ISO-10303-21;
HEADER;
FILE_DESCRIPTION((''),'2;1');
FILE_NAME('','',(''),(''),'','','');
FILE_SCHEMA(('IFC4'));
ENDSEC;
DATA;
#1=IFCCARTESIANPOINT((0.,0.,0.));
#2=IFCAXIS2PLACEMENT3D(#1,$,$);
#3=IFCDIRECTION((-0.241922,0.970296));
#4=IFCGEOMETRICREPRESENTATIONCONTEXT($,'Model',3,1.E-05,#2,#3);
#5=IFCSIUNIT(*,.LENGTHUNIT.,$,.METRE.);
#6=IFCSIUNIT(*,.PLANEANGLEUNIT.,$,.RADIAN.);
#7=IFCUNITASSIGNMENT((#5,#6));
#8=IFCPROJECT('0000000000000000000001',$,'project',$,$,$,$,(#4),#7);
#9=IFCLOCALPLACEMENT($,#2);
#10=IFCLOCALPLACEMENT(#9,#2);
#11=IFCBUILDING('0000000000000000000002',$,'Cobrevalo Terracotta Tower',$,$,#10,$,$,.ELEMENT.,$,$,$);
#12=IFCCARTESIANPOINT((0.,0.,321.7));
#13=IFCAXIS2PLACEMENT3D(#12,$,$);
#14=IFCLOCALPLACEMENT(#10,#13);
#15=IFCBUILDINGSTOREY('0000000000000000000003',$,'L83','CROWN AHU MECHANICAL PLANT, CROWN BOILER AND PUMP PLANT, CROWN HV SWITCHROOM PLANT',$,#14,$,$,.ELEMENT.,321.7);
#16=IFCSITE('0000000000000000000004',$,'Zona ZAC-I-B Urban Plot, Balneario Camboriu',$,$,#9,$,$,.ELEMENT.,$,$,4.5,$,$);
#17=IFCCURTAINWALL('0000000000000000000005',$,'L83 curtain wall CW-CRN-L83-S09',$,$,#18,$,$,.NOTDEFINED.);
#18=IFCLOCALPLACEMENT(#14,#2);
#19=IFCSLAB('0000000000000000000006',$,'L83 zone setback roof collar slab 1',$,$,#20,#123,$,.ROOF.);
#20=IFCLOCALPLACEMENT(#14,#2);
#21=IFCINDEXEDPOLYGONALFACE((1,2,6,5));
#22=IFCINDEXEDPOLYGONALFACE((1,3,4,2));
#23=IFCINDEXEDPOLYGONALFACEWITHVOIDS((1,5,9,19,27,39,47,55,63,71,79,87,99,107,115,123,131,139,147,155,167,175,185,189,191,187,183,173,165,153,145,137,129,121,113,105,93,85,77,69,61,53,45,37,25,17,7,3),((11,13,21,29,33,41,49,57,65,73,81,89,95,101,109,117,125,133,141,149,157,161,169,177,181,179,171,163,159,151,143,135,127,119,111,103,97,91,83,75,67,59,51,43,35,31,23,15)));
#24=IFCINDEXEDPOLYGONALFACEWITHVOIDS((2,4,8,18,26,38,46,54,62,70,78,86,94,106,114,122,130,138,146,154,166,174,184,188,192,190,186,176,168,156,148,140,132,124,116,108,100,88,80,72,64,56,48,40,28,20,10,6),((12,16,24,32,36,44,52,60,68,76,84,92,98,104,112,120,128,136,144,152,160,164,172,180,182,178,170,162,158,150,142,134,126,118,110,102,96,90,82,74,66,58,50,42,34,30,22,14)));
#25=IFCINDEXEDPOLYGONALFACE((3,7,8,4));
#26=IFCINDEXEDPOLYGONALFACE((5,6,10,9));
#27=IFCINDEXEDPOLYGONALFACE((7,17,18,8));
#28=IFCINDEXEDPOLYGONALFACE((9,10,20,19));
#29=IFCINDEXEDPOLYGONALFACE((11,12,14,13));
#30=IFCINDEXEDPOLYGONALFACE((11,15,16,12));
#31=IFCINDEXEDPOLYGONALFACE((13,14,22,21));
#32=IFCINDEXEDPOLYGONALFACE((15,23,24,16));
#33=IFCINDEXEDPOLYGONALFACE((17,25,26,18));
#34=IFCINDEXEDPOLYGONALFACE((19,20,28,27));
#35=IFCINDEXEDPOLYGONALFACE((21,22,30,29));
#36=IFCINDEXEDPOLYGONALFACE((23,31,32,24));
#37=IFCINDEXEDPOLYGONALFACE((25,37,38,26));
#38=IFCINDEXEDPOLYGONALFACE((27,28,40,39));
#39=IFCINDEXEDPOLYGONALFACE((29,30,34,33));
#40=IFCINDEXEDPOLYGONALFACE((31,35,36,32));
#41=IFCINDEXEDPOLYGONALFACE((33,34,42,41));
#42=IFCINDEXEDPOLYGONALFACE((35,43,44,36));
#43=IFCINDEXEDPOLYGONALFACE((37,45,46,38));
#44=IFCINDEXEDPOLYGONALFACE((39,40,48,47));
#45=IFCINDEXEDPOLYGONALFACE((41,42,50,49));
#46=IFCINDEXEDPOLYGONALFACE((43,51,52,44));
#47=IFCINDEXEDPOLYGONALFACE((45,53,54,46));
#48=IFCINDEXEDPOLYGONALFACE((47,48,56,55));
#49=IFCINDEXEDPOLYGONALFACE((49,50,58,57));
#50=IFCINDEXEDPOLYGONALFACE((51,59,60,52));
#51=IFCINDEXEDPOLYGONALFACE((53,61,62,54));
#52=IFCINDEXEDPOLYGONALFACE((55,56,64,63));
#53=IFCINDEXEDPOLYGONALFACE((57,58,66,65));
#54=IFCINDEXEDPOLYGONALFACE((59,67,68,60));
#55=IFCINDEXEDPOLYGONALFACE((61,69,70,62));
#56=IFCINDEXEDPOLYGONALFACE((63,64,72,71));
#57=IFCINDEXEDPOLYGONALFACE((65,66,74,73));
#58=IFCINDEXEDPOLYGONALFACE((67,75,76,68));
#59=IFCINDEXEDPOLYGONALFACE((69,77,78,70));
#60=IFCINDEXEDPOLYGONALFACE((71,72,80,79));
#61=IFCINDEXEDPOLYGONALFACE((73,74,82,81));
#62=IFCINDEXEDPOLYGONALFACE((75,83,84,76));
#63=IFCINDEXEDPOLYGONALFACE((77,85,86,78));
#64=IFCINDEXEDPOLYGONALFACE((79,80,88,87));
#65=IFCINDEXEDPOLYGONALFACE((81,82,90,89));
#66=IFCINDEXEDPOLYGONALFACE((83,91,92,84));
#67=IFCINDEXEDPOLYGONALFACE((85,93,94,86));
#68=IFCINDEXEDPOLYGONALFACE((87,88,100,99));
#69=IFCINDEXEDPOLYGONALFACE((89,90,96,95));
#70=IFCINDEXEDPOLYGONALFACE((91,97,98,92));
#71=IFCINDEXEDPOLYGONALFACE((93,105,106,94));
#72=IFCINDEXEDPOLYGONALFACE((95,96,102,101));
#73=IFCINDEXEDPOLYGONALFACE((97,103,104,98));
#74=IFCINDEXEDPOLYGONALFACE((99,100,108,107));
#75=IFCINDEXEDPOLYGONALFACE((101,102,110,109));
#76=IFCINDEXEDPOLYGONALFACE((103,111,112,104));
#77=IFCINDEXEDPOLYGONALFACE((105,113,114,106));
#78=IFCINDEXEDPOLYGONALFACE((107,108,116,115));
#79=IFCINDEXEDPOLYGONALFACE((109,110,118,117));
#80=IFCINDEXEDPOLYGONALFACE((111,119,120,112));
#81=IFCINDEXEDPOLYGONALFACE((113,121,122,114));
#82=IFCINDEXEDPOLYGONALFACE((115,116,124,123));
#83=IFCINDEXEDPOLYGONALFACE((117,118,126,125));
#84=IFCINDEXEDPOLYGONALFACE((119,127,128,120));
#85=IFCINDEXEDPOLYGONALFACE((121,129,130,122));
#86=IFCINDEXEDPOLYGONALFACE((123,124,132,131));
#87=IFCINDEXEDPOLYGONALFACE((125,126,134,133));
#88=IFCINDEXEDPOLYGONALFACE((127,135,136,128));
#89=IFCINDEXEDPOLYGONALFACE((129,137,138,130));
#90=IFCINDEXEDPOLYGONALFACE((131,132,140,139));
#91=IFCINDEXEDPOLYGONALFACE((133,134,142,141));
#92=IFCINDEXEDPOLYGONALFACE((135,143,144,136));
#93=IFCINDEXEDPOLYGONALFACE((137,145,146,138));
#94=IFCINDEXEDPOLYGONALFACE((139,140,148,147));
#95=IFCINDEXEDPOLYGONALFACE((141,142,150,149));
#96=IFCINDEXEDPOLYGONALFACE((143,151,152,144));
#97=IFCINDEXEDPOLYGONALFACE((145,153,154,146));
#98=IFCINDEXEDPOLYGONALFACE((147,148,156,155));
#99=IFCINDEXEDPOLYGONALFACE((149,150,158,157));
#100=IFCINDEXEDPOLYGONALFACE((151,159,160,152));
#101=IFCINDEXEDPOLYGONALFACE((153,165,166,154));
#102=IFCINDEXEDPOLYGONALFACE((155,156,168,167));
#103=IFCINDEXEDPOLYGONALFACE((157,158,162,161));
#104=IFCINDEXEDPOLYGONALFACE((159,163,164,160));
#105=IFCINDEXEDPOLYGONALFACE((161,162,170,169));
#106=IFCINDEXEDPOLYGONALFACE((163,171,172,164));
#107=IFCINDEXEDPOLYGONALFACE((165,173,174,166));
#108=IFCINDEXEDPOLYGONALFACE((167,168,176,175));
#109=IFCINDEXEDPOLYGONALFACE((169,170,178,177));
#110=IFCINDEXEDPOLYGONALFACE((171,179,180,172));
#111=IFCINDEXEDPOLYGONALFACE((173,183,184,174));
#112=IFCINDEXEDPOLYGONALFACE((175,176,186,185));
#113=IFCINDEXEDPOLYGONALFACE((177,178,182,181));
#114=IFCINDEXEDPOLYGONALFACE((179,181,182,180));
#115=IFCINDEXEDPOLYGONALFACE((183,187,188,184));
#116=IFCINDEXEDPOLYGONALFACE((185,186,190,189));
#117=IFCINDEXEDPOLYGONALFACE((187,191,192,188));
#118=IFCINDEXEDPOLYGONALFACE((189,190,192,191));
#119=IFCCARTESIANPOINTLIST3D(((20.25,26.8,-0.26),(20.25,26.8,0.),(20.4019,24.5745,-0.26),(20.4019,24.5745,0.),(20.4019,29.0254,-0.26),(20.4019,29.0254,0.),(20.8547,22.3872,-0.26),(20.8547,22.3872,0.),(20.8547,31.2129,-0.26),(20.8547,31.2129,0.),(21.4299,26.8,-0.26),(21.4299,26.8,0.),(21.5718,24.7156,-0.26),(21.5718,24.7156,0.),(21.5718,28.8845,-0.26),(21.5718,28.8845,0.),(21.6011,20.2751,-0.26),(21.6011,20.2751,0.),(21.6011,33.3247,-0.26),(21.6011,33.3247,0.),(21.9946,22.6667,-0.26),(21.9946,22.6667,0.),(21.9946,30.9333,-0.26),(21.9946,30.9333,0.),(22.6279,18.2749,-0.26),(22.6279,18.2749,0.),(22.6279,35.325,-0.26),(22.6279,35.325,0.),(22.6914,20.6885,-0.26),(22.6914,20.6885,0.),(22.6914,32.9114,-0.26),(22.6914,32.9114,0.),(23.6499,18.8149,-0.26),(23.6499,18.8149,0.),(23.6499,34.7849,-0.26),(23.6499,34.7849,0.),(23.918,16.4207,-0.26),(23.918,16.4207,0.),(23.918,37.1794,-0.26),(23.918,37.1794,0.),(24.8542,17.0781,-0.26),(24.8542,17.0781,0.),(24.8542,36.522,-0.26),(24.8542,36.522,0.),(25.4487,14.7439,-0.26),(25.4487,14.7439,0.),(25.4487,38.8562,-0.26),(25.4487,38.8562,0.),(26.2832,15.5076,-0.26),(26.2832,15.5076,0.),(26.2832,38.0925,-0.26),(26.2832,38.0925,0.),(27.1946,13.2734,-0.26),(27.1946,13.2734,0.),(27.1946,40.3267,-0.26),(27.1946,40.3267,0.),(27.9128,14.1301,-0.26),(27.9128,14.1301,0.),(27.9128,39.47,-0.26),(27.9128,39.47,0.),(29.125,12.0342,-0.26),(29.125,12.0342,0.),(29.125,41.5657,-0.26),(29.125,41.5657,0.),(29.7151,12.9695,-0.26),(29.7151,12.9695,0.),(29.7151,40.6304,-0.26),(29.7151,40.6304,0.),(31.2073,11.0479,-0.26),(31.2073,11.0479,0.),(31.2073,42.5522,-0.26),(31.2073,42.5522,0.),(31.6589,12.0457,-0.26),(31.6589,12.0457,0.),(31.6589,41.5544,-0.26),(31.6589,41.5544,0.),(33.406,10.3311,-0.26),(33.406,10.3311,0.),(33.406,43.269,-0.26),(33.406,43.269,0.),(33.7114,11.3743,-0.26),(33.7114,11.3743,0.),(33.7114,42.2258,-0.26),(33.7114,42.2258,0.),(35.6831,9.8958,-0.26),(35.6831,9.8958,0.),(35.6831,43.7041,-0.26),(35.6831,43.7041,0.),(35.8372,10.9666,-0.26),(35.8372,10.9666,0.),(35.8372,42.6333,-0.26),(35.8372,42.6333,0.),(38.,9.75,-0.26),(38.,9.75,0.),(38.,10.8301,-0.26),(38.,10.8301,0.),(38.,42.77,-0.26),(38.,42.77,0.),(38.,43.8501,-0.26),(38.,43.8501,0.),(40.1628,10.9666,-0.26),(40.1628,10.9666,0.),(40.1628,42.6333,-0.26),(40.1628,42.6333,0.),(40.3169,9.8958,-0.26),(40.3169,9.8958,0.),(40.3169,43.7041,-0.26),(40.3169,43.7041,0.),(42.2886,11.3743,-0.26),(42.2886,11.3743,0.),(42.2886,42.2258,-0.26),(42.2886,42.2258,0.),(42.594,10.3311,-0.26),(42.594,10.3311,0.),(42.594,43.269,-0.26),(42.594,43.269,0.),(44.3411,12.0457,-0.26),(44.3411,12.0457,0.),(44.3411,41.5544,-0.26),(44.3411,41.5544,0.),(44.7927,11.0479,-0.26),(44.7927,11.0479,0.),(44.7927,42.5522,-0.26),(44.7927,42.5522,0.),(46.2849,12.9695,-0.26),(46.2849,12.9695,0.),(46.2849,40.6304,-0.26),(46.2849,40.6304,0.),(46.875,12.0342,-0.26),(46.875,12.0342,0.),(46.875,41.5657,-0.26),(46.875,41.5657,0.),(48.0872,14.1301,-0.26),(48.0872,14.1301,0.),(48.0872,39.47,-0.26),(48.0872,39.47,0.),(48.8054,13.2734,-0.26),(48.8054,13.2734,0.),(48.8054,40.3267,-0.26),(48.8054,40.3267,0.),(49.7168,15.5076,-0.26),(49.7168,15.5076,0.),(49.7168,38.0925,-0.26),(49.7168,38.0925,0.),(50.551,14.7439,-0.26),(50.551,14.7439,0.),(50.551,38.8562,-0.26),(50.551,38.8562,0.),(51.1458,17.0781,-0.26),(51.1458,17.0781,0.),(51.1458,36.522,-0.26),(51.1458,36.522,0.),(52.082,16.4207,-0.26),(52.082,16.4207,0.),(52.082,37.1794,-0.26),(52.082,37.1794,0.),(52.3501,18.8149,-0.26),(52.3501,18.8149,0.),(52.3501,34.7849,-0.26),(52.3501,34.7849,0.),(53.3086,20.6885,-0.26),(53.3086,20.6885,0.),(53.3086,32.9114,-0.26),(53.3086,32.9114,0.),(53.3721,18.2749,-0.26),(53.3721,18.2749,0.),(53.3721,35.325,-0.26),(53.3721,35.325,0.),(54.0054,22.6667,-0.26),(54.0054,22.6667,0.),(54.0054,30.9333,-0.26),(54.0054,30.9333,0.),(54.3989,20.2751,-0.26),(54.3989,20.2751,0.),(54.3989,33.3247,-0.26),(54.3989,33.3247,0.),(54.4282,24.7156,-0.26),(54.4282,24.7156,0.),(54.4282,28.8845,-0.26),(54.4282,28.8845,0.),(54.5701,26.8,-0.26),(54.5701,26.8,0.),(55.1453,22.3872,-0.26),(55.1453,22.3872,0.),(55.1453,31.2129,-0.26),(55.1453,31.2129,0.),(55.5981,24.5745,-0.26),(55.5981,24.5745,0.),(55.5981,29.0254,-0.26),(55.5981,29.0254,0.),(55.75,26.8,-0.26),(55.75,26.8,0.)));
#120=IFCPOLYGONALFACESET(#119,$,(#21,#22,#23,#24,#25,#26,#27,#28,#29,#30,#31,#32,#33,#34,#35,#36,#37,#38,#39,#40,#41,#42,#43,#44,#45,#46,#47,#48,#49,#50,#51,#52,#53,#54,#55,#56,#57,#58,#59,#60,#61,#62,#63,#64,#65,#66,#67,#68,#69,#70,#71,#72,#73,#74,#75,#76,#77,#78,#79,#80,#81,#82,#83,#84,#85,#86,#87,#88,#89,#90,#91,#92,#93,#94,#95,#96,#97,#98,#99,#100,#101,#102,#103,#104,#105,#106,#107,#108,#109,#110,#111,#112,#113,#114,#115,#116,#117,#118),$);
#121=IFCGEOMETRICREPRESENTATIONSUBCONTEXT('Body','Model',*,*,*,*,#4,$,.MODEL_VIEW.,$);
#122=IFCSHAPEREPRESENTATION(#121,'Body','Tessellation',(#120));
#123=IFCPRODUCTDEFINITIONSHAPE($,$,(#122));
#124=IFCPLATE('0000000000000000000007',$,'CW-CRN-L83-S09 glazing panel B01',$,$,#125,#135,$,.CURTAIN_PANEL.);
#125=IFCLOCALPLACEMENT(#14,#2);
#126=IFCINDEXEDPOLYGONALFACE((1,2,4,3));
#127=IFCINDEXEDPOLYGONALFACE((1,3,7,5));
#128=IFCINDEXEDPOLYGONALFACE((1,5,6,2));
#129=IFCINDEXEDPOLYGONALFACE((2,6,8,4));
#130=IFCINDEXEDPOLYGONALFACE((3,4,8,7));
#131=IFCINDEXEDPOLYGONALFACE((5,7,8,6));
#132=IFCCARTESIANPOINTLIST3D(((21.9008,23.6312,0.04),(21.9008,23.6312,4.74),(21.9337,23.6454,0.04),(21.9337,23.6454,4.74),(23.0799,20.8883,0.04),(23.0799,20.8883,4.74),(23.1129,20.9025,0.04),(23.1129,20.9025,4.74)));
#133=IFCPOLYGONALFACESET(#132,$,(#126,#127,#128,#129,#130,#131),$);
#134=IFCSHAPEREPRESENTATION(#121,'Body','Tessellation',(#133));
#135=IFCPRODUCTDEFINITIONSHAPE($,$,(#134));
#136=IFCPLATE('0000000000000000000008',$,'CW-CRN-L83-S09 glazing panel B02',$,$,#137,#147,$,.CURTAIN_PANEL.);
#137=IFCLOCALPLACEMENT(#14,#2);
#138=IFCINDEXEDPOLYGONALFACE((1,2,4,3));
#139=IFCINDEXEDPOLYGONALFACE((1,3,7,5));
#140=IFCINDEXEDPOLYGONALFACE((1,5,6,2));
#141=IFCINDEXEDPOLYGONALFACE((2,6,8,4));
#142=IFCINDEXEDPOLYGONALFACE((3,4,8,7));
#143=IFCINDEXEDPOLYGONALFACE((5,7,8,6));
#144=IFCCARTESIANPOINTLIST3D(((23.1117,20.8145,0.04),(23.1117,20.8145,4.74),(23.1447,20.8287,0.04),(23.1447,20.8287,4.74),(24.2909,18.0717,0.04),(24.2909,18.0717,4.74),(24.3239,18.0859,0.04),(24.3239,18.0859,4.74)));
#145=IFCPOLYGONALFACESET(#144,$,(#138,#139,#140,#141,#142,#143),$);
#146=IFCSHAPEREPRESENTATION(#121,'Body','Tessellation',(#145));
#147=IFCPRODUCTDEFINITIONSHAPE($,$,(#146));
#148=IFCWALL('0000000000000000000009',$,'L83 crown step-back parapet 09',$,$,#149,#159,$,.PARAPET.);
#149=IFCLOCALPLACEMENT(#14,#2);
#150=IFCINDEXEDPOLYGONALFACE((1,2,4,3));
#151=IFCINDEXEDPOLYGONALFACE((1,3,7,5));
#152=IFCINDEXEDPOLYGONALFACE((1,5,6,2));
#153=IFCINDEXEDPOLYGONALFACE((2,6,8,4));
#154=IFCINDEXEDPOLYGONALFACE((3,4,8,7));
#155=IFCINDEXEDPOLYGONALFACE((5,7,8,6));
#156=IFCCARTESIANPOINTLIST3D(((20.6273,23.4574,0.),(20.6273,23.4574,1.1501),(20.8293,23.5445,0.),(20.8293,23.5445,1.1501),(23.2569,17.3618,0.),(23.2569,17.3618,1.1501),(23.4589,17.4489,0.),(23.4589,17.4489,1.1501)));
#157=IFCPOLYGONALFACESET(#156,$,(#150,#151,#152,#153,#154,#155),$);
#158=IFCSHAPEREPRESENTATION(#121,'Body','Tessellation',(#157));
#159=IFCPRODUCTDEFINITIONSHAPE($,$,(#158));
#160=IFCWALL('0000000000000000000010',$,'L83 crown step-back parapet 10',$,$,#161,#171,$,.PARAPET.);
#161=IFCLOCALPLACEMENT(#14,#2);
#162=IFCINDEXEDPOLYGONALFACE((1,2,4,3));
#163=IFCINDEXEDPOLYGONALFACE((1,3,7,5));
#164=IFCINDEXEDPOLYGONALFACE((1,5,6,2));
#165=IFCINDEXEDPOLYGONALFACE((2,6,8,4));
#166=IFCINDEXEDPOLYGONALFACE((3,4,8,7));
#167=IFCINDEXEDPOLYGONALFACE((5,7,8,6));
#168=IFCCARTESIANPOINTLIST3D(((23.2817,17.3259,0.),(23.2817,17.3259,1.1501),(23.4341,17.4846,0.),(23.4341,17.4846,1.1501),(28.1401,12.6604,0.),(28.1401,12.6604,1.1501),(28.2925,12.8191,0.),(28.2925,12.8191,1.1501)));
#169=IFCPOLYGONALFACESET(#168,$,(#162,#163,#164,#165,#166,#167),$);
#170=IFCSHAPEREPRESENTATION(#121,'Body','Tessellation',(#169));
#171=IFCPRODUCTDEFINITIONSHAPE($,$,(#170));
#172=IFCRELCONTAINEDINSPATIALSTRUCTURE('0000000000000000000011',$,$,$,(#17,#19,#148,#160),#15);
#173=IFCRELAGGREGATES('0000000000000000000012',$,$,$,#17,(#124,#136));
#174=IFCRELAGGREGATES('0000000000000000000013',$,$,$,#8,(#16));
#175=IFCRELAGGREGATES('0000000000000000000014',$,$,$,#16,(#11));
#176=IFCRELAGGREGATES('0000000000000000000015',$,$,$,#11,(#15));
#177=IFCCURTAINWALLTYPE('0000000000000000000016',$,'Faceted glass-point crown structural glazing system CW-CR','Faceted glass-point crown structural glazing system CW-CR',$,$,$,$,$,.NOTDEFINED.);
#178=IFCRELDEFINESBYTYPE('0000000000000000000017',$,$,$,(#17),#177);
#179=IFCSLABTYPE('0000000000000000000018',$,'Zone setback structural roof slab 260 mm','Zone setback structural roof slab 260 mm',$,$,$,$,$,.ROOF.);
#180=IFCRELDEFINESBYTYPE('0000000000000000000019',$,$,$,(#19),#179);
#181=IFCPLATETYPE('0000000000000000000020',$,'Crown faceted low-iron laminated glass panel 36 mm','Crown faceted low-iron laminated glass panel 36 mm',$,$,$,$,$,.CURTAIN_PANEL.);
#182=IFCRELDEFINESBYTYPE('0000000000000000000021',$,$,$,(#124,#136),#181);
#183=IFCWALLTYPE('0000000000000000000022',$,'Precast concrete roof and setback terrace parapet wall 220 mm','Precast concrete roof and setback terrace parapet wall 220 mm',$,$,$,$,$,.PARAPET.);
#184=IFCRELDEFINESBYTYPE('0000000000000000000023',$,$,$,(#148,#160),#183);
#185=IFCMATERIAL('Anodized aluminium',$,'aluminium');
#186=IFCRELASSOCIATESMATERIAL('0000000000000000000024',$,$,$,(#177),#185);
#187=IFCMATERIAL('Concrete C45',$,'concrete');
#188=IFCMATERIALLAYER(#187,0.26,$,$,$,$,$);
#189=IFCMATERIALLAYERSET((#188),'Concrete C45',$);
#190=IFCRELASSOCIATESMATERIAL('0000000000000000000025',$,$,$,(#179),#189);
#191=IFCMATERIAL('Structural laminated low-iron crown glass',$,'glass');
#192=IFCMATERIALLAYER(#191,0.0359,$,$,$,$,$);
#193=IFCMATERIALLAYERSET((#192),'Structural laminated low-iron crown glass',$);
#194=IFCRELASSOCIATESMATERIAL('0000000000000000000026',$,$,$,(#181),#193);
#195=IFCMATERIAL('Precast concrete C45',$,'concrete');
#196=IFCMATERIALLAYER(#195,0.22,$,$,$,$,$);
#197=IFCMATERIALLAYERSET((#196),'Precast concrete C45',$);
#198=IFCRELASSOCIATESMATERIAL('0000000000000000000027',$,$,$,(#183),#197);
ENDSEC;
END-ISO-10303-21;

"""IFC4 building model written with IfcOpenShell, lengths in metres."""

from ifc_helpers import new_model, si_unit, direction, frame, frame_2d, origin, origin_2d, place, context, subcontext, project, spatial, polyline, rectangle, outline, extrude, source, transform, mapped, material, layer, layer_set, type_object, element, aggregate, save


model = new_model("IFC4")

# Units and contexts
model_context = context("Model", 3, precision=1e-05, world=origin(), true_north=direction((-0.241922, 0.970296)))
body_context = subcontext(model_context, "Body", "Model", "MODEL_VIEW")
ifc_project = project(units=[si_unit("LENGTHUNIT", "METRE"), si_unit("PLANEANGLEUNIT", "RADIAN")], contexts=[model_context])

# Site, building, storey
site_placement = place(None, origin())
site = spatial("IfcSite", under=ifc_project, at=site_placement, Name="Zona ZAC-I-B Urban Plot, Balneario Camboriu", CompositionType="ELEMENT", RefElevation=4.5)
building_placement = place(site_placement, origin())
building = spatial("IfcBuilding", under=site, at=building_placement, Name="Cobrevalo Terracotta Tower", CompositionType="ELEMENT")
storey_placement = place(building_placement, frame((0.0, 0.0, 321.7)))
storey = spatial("IfcBuildingStorey", under=building, at=storey_placement, Name="L83", Description="CROWN AHU MECHANICAL PLANT, CROWN BOILER AND PUMP PLANT, CROWN HV SWITCHROOM PLANT", CompositionType="ELEMENT", Elevation=321.7)

# Shared definitions
ifc_material_1 = material(Name="Anodized aluminium", Category="aluminium")
curtain_wall_type = type_object("IfcCurtainWallType", Name="Faceted glass-point crown structural glazing system CW-CR", Description="Faceted glass-point crown structural glazing system CW-CR", PredefinedType="NOTDEFINED", material=ifc_material_1)

# Curtain wall
curtain_wall_1_placement = place(storey_placement, origin())
curtain_wall_1 = element("IfcCurtainWall", 1, at=curtain_wall_1_placement, inside=storey, type_object=curtain_wall_type, Name="L83 curtain wall CW-CRN-L83-S09", PredefinedType="NOTDEFINED")

# Slab
ifc_material_2 = material(Name="Concrete C45", Category="concrete")
ifc_layer_1 = layer(ifc_material_2, 0.26)
ifc_layer_set_1 = layer_set([ifc_layer_1], Name="Concrete C45")
slab_type_1 = type_object("IfcSlabType", Name="Zone setback structural roof slab 260 mm", Description="Zone setback structural roof slab 260 mm", PredefinedType="ROOF", material=ifc_layer_set_1)
slab_1_placement = place(storey_placement, frame((0.0, 0.0, -0.26)))
element("IfcSlab", 2, at=slab_1_placement, inside=storey, type_object=slab_type_1, Name="L83 zone setback roof collar slab 1", PredefinedType="ROOF", context=body_context, shape_type="SweptSolid", body=[
    extrude(outline(polyline([(55.5981, 24.5745), (55.1453, 22.3872), (54.3989, 20.2751), (53.3721, 18.2749), (52.082, 16.4207), (50.551, 14.7439), (48.8054, 13.2734), (46.875, 12.0342), (44.7927, 11.0479), (42.594, 10.3311), (40.3169, 9.8958), (38.0, 9.75), (35.6831, 9.8958), (33.406, 10.3311), (31.2073, 11.0479), (29.125, 12.0342), (27.1946, 13.2734), (25.4487, 14.7439), (23.918, 16.4207), (22.6279, 18.2749), (21.6011, 20.2751), (20.8547, 22.3872), (20.4019, 24.5745), (20.25, 26.8), (20.4019, 29.0254), (20.8547, 31.2129), (21.6011, 33.3247), (22.6279, 35.325), (23.918, 37.1794), (25.4487, 38.8562), (27.1946, 40.3267), (29.125, 41.5657), (31.2073, 42.5522), (33.406, 43.269), (35.6831, 43.7041), (38.0, 43.8501), (40.3169, 43.7041), (42.594, 43.269), (44.7927, 42.5522), (46.875, 41.5657), (48.8054, 40.3267), (50.551, 38.8562), (52.082, 37.1794), (53.3721, 35.325), (54.3989, 33.3247), (55.1453, 31.2129), (55.5981, 29.0254), (55.75, 26.8), (55.5981, 24.5745)]), holes=[polyline([(54.4282, 28.8845), (54.0054, 30.9333), (53.3086, 32.9114), (52.3501, 34.7849), (51.1458, 36.522), (49.7168, 38.0925), (48.0872, 39.47), (46.2849, 40.6304), (44.3411, 41.5544), (42.2886, 42.2258), (40.1628, 42.6333), (38.0, 42.77), (35.8372, 42.6333), (33.7114, 42.2258), (31.6589, 41.5544), (29.7151, 40.6304), (27.9128, 39.47), (26.2832, 38.0925), (24.8542, 36.522), (23.6499, 34.7849), (22.6914, 32.9114), (21.9946, 30.9333), (21.5718, 28.8845), (21.4299, 26.8), (21.5718, 24.7156), (21.9946, 22.6667), (22.6914, 20.6885), (23.6499, 18.8149), (24.8542, 17.0781), (26.2832, 15.5076), (27.9128, 14.1301), (29.7151, 12.9695), (31.6589, 12.0457), (33.7114, 11.3743), (35.8372, 10.9666), (38.0, 10.8301), (40.1628, 10.9666), (42.2886, 11.3743), (44.3411, 12.0457), (46.2849, 12.9695), (48.0872, 14.1301), (49.7168, 15.5076), (51.1458, 17.0781), (52.3501, 18.8149), (53.3086, 20.6885), (54.0054, 22.6667), (54.4282, 24.7156), (54.5701, 26.8), (54.4282, 28.8845)])]), origin(), (0.0, 0.0, 1.0), 0.26),
])

# Plates
ifc_material_3 = material(Name="Structural laminated low-iron crown glass", Category="glass")
ifc_layer_2 = layer(ifc_material_3, 0.0359)
ifc_layer_set_2 = layer_set([ifc_layer_2], Name="Structural laminated low-iron crown glass")
plate_type = type_object("IfcPlateType", Name="Crown faceted low-iron laminated glass panel 36 mm", Description="Crown faceted low-iron laminated glass panel 36 mm", PredefinedType="CURTAIN_PANEL", material=ifc_layer_set_2)
shared_shape_1 = source(origin(), body_context, "Body", "SweptSolid", [
    extrude(rectangle(XDim=2.9856, YDim=0.0359, at=origin_2d()), origin(), (0.0, 0.0, 1.0), 4.7),
])
plate_1_placement = place(storey_placement, frame((22.5068, 22.2668, 0.04), z_axis=(0.0, 0.0, 1.0), x_axis=(0.39496, -0.918698, 0.0)))
plate_1 = element("IfcPlate", 3, at=plate_1_placement, type_object=plate_type, Name="CW-CRN-L83-S09 glazing panel B01", PredefinedType="CURTAIN_PANEL", context=body_context, shape_type="MappedRepresentation", body=[
    mapped(shared_shape_1, transform((0.0, 0.0, 0.0), scale=1.0)),
])
plate_2_placement = place(storey_placement, frame((23.7178, 19.4502, 0.04), z_axis=(0.0, 0.0, 1.0), x_axis=(0.39496, -0.918698, 0.0)))
plate_2 = element("IfcPlate", 4, at=plate_2_placement, type_object=plate_type, Name="CW-CRN-L83-S09 glazing panel B02", PredefinedType="CURTAIN_PANEL", context=body_context, shape_type="MappedRepresentation", body=[
    mapped(shared_shape_1, transform((0.0, 0.0, 0.0), scale=1.0)),
])
aggregate(curtain_wall_1, [plate_1, plate_2])

# Walls
ifc_material_4 = material(Name="Precast concrete C45", Category="concrete")
ifc_layer_3 = layer(ifc_material_4, 0.22)
ifc_layer_set_3 = layer_set([ifc_layer_3], Name="Precast concrete C45")
wall_type = type_object("IfcWallType", Name="Precast concrete roof and setback terrace parapet wall 220 mm", Description="Precast concrete roof and setback terrace parapet wall 220 mm", PredefinedType="PARAPET", material=ifc_layer_set_3)
wall_1_placement = place(storey_placement, frame((20.7283, 23.501, 0.0), z_axis=(0.0, 0.0, 1.0), x_axis=(0.396106, -0.918205, 0.0)))
element("IfcWall", 5, at=wall_1_placement, inside=storey, type_object=wall_type, Name="L83 crown step-back parapet 09", PredefinedType="PARAPET", context=body_context, shape_type="SweptSolid", body=[
    extrude(rectangle(XDim=6.6387, YDim=0.22, at=frame_2d((3.3193, 0.0))), origin(), (0.0, 0.0, 1.0), 1.1501),
])
wall_2_placement = place(storey_placement, frame((23.3579, 17.4053, 0.0), z_axis=(0.0, 0.0, 1.0), x_axis=(0.721279, -0.692645, 0.0)))
element("IfcWall", 6, at=wall_2_placement, inside=storey, type_object=wall_type, Name="L83 crown step-back parapet 10", PredefinedType="PARAPET", context=body_context, shape_type="SweptSolid", body=[
    extrude(rectangle(XDim=6.7358, YDim=0.22, at=frame_2d((3.3679, 0.0))), origin(), (0.0, 0.0, 1.0), 1.1501),
])

save(model, "model.ifc")
